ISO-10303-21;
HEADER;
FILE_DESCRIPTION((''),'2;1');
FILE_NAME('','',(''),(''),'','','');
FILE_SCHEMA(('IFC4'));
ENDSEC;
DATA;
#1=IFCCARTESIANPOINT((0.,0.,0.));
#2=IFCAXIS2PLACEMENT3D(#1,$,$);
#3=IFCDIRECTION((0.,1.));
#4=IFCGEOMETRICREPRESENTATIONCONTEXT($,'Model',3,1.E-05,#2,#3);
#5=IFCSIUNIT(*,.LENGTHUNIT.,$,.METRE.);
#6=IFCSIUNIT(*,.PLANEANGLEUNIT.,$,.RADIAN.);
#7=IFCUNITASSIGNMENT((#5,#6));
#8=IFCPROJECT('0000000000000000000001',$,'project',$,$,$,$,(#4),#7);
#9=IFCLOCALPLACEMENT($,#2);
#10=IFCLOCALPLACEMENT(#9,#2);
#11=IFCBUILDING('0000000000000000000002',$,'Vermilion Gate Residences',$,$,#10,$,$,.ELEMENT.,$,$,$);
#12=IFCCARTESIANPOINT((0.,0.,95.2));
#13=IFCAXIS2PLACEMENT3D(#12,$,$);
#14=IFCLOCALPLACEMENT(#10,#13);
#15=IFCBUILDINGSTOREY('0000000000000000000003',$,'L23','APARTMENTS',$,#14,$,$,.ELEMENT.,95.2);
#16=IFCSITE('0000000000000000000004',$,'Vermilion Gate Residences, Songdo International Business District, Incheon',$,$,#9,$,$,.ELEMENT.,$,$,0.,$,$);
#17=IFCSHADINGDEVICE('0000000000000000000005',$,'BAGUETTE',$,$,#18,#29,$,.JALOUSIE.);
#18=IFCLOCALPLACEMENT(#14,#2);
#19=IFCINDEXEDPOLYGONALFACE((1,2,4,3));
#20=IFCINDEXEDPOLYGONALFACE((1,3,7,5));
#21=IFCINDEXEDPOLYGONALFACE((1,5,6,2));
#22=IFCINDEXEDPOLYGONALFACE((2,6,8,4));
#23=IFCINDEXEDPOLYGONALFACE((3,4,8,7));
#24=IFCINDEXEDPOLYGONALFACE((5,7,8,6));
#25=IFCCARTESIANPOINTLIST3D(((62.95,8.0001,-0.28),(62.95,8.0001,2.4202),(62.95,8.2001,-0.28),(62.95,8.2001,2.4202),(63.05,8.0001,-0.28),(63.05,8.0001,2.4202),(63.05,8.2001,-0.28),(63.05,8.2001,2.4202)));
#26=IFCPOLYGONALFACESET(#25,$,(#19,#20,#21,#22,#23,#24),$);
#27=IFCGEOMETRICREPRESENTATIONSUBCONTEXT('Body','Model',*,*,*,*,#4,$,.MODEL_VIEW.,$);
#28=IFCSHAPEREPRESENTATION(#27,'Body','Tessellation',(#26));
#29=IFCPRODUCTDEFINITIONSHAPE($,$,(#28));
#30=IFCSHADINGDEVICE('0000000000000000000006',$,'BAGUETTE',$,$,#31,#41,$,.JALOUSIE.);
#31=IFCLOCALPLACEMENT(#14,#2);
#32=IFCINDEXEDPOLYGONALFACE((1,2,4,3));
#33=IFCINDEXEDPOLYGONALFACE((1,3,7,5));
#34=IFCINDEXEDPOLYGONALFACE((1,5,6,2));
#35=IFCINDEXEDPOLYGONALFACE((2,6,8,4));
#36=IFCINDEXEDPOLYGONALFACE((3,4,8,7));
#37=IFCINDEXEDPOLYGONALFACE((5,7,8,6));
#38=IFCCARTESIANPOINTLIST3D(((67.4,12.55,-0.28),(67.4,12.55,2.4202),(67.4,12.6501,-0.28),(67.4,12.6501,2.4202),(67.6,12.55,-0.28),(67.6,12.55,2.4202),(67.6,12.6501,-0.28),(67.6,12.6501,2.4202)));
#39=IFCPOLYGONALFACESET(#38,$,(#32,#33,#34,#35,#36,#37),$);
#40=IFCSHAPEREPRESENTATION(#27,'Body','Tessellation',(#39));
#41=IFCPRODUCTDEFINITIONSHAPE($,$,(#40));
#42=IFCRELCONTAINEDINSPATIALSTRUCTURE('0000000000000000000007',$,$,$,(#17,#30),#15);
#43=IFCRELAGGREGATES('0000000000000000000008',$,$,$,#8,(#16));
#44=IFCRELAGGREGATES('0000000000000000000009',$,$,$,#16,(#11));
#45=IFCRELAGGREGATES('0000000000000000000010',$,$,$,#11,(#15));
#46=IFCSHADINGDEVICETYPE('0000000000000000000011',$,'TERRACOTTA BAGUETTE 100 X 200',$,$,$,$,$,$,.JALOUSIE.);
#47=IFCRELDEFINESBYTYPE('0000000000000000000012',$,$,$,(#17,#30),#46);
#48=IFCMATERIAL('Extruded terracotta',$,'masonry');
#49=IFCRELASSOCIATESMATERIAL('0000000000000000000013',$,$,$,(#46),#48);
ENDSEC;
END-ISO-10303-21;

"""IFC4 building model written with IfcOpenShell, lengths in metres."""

from ifc_helpers import new_model, si_unit, direction, frame, origin, origin_2d, place, context, subcontext, project, spatial, rectangle, extrude, material, material_profile, profile_set, type_object, element, save


model = new_model("IFC4")

# Units and contexts
model_context = context("Model", 3, precision=1e-05, world=origin(), true_north=direction((0.0, 1.0)))
body_context = subcontext(model_context, "Body", "Model", "MODEL_VIEW")
ifc_project = project(units=[si_unit("LENGTHUNIT", "METRE"), si_unit("PLANEANGLEUNIT", "RADIAN")], contexts=[model_context])

# Site, building, storey
site_placement = place(None, origin())
site = spatial("IfcSite", under=ifc_project, at=site_placement, Name="Vermilion Gate Residences, Songdo International Business District, Incheon", CompositionType="ELEMENT", RefElevation=0.0)
building_placement = place(site_placement, origin())
building = spatial("IfcBuilding", under=site, at=building_placement, Name="Vermilion Gate Residences", CompositionType="ELEMENT")
storey_placement = place(building_placement, frame((0.0, 0.0, 95.2)))
storey = spatial("IfcBuildingStorey", under=building, at=storey_placement, Name="L23", Description="APARTMENTS", CompositionType="ELEMENT", Elevation=95.2)

# Shading devices
ifc_material_1 = material(Name="Extruded terracotta", Category="masonry")
ifc_material_profile_1 = material_profile(ifc_material_1, rectangle(XDim=0.2, YDim=0.1001, at=origin_2d()), Name="BAGUETTE 100 X 200")
ifc_profile_set_1 = profile_set([ifc_material_profile_1], Name="Extruded terracotta")
shading_device_type = type_object("IfcShadingDeviceType", Name="TERRACOTTA BAGUETTE 100 X 200", PredefinedType="JALOUSIE", material=ifc_profile_set_1)
for number, where, z_axis, x_axis, name in (
    (1, (63.0, 8.1001, -0.28), (0.0, 0.0, 1.0), (0.0, 1.0, 0.0), "BAGUETTE"),
    (2, (67.5, 12.6001, -0.28), (0.0, 0.0, 1.0), (-1.0, 0.0, 0.0), "BAGUETTE"),
):
    element("IfcShadingDevice", number, at=place(storey_placement, frame(where, z_axis=z_axis, x_axis=x_axis)), inside=storey, type_object=shading_device_type, Name=name, PredefinedType="JALOUSIE", context=body_context, shape_type="SweptSolid", body=[
        extrude(rectangle(XDim=0.2, YDim=0.1001, at=origin_2d()), origin(), (0.0, 0.0, 1.0), 2.7002),
    ])

save(model, "model.ifc")
